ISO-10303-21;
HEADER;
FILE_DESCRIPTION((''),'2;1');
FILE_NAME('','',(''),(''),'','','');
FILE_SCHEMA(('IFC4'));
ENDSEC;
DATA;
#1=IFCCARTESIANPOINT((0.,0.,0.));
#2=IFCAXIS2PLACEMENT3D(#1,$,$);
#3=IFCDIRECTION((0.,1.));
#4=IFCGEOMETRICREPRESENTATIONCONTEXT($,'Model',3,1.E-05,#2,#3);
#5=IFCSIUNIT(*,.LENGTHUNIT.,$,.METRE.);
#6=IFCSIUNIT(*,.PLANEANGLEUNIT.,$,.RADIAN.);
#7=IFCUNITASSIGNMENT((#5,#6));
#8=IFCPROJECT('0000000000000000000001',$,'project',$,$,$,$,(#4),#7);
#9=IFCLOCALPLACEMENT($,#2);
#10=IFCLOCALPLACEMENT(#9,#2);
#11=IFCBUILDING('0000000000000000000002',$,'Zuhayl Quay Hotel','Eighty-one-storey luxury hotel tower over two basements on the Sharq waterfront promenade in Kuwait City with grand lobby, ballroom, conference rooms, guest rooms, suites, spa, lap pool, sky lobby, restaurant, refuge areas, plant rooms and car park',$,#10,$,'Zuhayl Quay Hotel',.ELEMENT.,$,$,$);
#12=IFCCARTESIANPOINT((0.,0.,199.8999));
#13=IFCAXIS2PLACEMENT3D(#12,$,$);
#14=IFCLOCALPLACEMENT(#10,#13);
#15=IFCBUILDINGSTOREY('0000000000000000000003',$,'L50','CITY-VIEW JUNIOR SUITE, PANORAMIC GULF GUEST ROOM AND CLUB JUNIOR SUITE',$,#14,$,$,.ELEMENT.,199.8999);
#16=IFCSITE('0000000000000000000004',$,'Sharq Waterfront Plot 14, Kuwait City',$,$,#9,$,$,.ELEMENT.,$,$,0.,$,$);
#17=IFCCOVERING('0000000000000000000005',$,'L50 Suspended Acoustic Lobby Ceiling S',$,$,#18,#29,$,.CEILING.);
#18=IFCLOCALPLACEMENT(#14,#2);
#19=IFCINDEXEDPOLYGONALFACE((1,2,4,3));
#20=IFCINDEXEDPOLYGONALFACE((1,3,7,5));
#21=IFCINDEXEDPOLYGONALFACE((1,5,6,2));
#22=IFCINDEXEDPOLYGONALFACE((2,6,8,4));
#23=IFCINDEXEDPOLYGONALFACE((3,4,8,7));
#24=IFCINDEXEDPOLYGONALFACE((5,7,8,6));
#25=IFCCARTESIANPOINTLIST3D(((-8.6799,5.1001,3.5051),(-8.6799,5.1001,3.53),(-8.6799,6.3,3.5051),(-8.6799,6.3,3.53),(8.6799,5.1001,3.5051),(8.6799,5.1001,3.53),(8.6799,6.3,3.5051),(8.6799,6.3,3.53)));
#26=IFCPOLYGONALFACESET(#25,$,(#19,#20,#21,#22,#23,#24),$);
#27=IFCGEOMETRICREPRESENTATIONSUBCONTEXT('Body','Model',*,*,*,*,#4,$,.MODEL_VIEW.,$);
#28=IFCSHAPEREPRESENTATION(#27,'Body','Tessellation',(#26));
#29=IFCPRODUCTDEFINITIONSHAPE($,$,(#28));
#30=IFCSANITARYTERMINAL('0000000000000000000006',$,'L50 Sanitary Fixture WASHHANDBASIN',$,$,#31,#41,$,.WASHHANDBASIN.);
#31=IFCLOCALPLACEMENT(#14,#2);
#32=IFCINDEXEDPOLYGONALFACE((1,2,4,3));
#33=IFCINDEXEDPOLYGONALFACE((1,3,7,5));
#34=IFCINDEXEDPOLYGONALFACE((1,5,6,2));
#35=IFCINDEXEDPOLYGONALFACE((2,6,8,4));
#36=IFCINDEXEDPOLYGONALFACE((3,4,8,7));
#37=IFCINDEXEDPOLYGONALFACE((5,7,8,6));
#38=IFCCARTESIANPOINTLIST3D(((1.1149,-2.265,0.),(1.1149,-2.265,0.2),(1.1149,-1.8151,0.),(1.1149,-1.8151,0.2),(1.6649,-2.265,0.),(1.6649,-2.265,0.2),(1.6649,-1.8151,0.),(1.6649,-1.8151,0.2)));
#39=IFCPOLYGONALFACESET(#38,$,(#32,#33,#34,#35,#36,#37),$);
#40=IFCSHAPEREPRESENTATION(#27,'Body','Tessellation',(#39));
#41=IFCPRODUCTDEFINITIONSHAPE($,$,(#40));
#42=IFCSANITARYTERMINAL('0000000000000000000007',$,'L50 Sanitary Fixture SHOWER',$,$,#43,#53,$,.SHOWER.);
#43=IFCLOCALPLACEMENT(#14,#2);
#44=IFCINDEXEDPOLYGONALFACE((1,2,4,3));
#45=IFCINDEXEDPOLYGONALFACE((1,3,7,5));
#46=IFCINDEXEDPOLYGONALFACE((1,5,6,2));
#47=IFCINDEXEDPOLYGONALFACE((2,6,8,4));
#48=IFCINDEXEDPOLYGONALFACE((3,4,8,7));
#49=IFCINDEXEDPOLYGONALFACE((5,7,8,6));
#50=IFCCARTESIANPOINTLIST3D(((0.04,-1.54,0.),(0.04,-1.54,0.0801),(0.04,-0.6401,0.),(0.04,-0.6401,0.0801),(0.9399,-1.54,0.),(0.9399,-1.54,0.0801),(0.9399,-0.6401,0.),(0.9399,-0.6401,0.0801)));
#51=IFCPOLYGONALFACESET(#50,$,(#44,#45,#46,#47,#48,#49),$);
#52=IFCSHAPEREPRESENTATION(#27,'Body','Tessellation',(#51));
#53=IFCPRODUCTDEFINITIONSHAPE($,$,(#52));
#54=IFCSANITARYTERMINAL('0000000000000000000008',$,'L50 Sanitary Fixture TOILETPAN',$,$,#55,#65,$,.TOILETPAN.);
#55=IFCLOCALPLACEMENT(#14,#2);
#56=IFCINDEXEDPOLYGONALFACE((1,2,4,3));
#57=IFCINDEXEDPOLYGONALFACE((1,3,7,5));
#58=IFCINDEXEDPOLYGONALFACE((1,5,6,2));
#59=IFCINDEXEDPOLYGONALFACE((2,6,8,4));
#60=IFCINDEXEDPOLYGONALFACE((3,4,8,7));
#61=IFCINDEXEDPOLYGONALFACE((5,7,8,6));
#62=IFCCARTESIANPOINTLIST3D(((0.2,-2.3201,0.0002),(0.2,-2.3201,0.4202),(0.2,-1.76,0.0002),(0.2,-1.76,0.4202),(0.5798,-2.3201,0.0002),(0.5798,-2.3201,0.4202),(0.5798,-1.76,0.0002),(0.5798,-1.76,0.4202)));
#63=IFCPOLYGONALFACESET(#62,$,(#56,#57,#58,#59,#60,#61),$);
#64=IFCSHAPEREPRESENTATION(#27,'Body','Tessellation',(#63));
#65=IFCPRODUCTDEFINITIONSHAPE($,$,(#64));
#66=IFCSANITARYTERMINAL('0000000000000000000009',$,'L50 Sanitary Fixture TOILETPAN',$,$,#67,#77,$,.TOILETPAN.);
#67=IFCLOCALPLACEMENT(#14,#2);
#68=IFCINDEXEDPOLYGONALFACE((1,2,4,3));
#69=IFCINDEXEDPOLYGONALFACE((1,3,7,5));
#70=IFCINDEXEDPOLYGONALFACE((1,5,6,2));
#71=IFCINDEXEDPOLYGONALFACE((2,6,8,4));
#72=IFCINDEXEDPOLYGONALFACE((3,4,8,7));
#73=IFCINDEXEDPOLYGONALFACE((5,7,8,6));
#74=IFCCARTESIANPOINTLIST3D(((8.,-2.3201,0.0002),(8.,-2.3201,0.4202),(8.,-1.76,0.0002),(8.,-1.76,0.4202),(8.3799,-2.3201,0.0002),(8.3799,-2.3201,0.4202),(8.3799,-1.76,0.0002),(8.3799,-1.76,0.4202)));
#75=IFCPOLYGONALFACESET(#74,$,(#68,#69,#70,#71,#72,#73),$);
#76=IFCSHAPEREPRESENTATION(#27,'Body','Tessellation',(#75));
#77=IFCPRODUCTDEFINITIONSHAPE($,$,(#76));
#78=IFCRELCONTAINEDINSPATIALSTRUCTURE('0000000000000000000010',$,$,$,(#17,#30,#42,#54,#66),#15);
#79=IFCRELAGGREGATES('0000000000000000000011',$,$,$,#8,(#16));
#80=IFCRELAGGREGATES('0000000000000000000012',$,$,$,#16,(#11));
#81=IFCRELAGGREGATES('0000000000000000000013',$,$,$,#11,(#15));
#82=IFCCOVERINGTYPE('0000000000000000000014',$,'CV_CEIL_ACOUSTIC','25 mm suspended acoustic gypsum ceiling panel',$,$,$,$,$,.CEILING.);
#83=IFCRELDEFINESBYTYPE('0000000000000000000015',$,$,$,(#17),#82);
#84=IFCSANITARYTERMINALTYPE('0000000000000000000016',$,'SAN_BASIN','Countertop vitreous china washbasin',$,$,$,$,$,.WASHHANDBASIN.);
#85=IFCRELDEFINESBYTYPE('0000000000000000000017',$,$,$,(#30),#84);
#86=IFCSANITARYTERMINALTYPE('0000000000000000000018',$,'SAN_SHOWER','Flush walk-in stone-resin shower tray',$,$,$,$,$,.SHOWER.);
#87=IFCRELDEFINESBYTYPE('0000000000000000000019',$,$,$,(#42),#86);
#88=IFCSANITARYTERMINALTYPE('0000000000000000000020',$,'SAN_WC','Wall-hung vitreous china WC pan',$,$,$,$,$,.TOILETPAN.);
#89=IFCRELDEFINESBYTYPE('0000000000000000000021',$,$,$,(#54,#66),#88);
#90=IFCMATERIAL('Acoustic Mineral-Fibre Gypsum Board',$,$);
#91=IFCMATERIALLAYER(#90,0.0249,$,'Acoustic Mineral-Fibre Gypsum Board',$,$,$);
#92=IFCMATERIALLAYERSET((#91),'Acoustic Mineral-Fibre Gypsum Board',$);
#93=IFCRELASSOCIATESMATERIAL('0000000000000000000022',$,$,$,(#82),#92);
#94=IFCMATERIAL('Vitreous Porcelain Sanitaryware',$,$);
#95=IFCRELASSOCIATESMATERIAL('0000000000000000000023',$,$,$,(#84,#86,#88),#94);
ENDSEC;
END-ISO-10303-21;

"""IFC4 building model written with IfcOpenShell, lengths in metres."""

from ifc_helpers import new_model, si_unit, direction, frame, origin, origin_2d, place, context, subcontext, project, spatial, polyline, rectangle, outline, extrude, material, layer, layer_set, type_object, element, save


model = new_model("IFC4")

# Units and contexts
model_context = context("Model", 3, precision=1e-05, world=origin(), true_north=direction((0.0, 1.0)))
body_context = subcontext(model_context, "Body", "Model", "MODEL_VIEW")
ifc_project = project(units=[si_unit("LENGTHUNIT", "METRE"), si_unit("PLANEANGLEUNIT", "RADIAN")], contexts=[model_context])

# Site, building, storey
site_placement = place(None, origin())
site = spatial("IfcSite", under=ifc_project, at=site_placement, Name="Sharq Waterfront Plot 14, Kuwait City", CompositionType="ELEMENT", RefElevation=0.0)
building_placement = place(site_placement, origin())
building = spatial("IfcBuilding", under=site, at=building_placement, Name="Zuhayl Quay Hotel", Description="Eighty-one-storey luxury hotel tower over two basements on the Sharq waterfront promenade in Kuwait City with grand lobby, ballroom, conference rooms, guest rooms, suites, spa, lap pool, sky lobby, restaurant, refuge areas, plant rooms and car park", LongName="Zuhayl Quay Hotel", CompositionType="ELEMENT")
storey_placement = place(building_placement, frame((0.0, 0.0, 199.8999)))
storey = spatial("IfcBuildingStorey", under=building, at=storey_placement, Name="L50", Description="CITY-VIEW JUNIOR SUITE, PANORAMIC GULF GUEST ROOM AND CLUB JUNIOR SUITE", CompositionType="ELEMENT", Elevation=199.8999)

# Covering
ifc_material_1 = material(Name="Acoustic Mineral-Fibre Gypsum Board")
ifc_layer_1 = layer(ifc_material_1, 0.0249, Name="Acoustic Mineral-Fibre Gypsum Board")
ifc_layer_set_1 = layer_set([ifc_layer_1], Name="Acoustic Mineral-Fibre Gypsum Board")
covering_type = type_object("IfcCoveringType", Name="CV_CEIL_ACOUSTIC", Description="25 mm suspended acoustic gypsum ceiling panel", PredefinedType="CEILING", material=ifc_layer_set_1)
covering_placement = place(storey_placement, frame((0.0, 0.0, 3.5051)))
element("IfcCovering", 1, at=covering_placement, inside=storey, type_object=covering_type, Name="L50 Suspended Acoustic Lobby Ceiling S", PredefinedType="CEILING", context=body_context, shape_type="SweptSolid", body=[
    extrude(outline(polyline([(-8.6799, 5.1001), (8.6799, 5.1001), (8.6799, 6.3), (-8.6799, 6.3), (-8.6799, 5.1001)])), origin(), (0.0, 0.0, 1.0), 0.0249),
])

# Sanitary terminals
ifc_material_2 = material(Name="Vitreous Porcelain Sanitaryware")
sanitary_terminal_type_1 = type_object("IfcSanitaryTerminalType", Name="SAN_BASIN", Description="Countertop vitreous china washbasin", PredefinedType="WASHHANDBASIN", material=ifc_material_2)
sanitary_terminal_1_placement = place(storey_placement, frame((1.3899, -2.04, 0.0), z_axis=(0.0, 0.0, 1.0), x_axis=(1.0, 0.0, 0.0)))
element("IfcSanitaryTerminal", 2, at=sanitary_terminal_1_placement, inside=storey, type_object=sanitary_terminal_type_1, Name="L50 Sanitary Fixture WASHHANDBASIN", PredefinedType="WASHHANDBASIN", context=body_context, shape_type="SweptSolid", body=[
    extrude(rectangle(XDim=0.55, YDim=0.45, at=origin_2d()), origin(), (0.0, 0.0, 1.0), 0.2),
])
sanitary_terminal_type_2 = type_object("IfcSanitaryTerminalType", Name="SAN_SHOWER", Description="Flush walk-in stone-resin shower tray", PredefinedType="SHOWER", material=ifc_material_2)
sanitary_terminal_2_placement = place(storey_placement, frame((0.49, -1.0901, 0.0), z_axis=(0.0, 0.0, 1.0), x_axis=(1.0, 0.0, 0.0)))
element("IfcSanitaryTerminal", 3, at=sanitary_terminal_2_placement, inside=storey, type_object=sanitary_terminal_type_2, Name="L50 Sanitary Fixture SHOWER", PredefinedType="SHOWER", context=body_context, shape_type="SweptSolid", body=[
    extrude(rectangle(XDim=0.8999, YDim=0.8999, at=origin_2d()), origin(), (0.0, 0.0, 1.0), 0.0801),
])
sanitary_terminal_type_3 = type_object("IfcSanitaryTerminalType", Name="SAN_WC", Description="Wall-hung vitreous china WC pan", PredefinedType="TOILETPAN", material=ifc_material_2)
for number, where, z_axis, x_axis, name in (
    (4, (0.3899, -2.04, 0.0002), (0.0, 0.0, 1.0), (1.0, 0.0, 0.0), "L50 Sanitary Fixture TOILETPAN"),
    (5, (8.1899, -2.04, 0.0002), (0.0, 0.0, 1.0), (1.0, 0.0, 0.0), "L50 Sanitary Fixture TOILETPAN"),
):
    element("IfcSanitaryTerminal", number, at=place(storey_placement, frame(where, z_axis=z_axis, x_axis=x_axis)), inside=storey, type_object=sanitary_terminal_type_3, Name=name, PredefinedType="TOILETPAN", context=body_context, shape_type="SweptSolid", body=[
        extrude(rectangle(XDim=0.3799, YDim=0.5601, at=origin_2d()), origin(), (0.0, 0.0, 1.0), 0.4199),
    ])

save(model, "model.ifc")
